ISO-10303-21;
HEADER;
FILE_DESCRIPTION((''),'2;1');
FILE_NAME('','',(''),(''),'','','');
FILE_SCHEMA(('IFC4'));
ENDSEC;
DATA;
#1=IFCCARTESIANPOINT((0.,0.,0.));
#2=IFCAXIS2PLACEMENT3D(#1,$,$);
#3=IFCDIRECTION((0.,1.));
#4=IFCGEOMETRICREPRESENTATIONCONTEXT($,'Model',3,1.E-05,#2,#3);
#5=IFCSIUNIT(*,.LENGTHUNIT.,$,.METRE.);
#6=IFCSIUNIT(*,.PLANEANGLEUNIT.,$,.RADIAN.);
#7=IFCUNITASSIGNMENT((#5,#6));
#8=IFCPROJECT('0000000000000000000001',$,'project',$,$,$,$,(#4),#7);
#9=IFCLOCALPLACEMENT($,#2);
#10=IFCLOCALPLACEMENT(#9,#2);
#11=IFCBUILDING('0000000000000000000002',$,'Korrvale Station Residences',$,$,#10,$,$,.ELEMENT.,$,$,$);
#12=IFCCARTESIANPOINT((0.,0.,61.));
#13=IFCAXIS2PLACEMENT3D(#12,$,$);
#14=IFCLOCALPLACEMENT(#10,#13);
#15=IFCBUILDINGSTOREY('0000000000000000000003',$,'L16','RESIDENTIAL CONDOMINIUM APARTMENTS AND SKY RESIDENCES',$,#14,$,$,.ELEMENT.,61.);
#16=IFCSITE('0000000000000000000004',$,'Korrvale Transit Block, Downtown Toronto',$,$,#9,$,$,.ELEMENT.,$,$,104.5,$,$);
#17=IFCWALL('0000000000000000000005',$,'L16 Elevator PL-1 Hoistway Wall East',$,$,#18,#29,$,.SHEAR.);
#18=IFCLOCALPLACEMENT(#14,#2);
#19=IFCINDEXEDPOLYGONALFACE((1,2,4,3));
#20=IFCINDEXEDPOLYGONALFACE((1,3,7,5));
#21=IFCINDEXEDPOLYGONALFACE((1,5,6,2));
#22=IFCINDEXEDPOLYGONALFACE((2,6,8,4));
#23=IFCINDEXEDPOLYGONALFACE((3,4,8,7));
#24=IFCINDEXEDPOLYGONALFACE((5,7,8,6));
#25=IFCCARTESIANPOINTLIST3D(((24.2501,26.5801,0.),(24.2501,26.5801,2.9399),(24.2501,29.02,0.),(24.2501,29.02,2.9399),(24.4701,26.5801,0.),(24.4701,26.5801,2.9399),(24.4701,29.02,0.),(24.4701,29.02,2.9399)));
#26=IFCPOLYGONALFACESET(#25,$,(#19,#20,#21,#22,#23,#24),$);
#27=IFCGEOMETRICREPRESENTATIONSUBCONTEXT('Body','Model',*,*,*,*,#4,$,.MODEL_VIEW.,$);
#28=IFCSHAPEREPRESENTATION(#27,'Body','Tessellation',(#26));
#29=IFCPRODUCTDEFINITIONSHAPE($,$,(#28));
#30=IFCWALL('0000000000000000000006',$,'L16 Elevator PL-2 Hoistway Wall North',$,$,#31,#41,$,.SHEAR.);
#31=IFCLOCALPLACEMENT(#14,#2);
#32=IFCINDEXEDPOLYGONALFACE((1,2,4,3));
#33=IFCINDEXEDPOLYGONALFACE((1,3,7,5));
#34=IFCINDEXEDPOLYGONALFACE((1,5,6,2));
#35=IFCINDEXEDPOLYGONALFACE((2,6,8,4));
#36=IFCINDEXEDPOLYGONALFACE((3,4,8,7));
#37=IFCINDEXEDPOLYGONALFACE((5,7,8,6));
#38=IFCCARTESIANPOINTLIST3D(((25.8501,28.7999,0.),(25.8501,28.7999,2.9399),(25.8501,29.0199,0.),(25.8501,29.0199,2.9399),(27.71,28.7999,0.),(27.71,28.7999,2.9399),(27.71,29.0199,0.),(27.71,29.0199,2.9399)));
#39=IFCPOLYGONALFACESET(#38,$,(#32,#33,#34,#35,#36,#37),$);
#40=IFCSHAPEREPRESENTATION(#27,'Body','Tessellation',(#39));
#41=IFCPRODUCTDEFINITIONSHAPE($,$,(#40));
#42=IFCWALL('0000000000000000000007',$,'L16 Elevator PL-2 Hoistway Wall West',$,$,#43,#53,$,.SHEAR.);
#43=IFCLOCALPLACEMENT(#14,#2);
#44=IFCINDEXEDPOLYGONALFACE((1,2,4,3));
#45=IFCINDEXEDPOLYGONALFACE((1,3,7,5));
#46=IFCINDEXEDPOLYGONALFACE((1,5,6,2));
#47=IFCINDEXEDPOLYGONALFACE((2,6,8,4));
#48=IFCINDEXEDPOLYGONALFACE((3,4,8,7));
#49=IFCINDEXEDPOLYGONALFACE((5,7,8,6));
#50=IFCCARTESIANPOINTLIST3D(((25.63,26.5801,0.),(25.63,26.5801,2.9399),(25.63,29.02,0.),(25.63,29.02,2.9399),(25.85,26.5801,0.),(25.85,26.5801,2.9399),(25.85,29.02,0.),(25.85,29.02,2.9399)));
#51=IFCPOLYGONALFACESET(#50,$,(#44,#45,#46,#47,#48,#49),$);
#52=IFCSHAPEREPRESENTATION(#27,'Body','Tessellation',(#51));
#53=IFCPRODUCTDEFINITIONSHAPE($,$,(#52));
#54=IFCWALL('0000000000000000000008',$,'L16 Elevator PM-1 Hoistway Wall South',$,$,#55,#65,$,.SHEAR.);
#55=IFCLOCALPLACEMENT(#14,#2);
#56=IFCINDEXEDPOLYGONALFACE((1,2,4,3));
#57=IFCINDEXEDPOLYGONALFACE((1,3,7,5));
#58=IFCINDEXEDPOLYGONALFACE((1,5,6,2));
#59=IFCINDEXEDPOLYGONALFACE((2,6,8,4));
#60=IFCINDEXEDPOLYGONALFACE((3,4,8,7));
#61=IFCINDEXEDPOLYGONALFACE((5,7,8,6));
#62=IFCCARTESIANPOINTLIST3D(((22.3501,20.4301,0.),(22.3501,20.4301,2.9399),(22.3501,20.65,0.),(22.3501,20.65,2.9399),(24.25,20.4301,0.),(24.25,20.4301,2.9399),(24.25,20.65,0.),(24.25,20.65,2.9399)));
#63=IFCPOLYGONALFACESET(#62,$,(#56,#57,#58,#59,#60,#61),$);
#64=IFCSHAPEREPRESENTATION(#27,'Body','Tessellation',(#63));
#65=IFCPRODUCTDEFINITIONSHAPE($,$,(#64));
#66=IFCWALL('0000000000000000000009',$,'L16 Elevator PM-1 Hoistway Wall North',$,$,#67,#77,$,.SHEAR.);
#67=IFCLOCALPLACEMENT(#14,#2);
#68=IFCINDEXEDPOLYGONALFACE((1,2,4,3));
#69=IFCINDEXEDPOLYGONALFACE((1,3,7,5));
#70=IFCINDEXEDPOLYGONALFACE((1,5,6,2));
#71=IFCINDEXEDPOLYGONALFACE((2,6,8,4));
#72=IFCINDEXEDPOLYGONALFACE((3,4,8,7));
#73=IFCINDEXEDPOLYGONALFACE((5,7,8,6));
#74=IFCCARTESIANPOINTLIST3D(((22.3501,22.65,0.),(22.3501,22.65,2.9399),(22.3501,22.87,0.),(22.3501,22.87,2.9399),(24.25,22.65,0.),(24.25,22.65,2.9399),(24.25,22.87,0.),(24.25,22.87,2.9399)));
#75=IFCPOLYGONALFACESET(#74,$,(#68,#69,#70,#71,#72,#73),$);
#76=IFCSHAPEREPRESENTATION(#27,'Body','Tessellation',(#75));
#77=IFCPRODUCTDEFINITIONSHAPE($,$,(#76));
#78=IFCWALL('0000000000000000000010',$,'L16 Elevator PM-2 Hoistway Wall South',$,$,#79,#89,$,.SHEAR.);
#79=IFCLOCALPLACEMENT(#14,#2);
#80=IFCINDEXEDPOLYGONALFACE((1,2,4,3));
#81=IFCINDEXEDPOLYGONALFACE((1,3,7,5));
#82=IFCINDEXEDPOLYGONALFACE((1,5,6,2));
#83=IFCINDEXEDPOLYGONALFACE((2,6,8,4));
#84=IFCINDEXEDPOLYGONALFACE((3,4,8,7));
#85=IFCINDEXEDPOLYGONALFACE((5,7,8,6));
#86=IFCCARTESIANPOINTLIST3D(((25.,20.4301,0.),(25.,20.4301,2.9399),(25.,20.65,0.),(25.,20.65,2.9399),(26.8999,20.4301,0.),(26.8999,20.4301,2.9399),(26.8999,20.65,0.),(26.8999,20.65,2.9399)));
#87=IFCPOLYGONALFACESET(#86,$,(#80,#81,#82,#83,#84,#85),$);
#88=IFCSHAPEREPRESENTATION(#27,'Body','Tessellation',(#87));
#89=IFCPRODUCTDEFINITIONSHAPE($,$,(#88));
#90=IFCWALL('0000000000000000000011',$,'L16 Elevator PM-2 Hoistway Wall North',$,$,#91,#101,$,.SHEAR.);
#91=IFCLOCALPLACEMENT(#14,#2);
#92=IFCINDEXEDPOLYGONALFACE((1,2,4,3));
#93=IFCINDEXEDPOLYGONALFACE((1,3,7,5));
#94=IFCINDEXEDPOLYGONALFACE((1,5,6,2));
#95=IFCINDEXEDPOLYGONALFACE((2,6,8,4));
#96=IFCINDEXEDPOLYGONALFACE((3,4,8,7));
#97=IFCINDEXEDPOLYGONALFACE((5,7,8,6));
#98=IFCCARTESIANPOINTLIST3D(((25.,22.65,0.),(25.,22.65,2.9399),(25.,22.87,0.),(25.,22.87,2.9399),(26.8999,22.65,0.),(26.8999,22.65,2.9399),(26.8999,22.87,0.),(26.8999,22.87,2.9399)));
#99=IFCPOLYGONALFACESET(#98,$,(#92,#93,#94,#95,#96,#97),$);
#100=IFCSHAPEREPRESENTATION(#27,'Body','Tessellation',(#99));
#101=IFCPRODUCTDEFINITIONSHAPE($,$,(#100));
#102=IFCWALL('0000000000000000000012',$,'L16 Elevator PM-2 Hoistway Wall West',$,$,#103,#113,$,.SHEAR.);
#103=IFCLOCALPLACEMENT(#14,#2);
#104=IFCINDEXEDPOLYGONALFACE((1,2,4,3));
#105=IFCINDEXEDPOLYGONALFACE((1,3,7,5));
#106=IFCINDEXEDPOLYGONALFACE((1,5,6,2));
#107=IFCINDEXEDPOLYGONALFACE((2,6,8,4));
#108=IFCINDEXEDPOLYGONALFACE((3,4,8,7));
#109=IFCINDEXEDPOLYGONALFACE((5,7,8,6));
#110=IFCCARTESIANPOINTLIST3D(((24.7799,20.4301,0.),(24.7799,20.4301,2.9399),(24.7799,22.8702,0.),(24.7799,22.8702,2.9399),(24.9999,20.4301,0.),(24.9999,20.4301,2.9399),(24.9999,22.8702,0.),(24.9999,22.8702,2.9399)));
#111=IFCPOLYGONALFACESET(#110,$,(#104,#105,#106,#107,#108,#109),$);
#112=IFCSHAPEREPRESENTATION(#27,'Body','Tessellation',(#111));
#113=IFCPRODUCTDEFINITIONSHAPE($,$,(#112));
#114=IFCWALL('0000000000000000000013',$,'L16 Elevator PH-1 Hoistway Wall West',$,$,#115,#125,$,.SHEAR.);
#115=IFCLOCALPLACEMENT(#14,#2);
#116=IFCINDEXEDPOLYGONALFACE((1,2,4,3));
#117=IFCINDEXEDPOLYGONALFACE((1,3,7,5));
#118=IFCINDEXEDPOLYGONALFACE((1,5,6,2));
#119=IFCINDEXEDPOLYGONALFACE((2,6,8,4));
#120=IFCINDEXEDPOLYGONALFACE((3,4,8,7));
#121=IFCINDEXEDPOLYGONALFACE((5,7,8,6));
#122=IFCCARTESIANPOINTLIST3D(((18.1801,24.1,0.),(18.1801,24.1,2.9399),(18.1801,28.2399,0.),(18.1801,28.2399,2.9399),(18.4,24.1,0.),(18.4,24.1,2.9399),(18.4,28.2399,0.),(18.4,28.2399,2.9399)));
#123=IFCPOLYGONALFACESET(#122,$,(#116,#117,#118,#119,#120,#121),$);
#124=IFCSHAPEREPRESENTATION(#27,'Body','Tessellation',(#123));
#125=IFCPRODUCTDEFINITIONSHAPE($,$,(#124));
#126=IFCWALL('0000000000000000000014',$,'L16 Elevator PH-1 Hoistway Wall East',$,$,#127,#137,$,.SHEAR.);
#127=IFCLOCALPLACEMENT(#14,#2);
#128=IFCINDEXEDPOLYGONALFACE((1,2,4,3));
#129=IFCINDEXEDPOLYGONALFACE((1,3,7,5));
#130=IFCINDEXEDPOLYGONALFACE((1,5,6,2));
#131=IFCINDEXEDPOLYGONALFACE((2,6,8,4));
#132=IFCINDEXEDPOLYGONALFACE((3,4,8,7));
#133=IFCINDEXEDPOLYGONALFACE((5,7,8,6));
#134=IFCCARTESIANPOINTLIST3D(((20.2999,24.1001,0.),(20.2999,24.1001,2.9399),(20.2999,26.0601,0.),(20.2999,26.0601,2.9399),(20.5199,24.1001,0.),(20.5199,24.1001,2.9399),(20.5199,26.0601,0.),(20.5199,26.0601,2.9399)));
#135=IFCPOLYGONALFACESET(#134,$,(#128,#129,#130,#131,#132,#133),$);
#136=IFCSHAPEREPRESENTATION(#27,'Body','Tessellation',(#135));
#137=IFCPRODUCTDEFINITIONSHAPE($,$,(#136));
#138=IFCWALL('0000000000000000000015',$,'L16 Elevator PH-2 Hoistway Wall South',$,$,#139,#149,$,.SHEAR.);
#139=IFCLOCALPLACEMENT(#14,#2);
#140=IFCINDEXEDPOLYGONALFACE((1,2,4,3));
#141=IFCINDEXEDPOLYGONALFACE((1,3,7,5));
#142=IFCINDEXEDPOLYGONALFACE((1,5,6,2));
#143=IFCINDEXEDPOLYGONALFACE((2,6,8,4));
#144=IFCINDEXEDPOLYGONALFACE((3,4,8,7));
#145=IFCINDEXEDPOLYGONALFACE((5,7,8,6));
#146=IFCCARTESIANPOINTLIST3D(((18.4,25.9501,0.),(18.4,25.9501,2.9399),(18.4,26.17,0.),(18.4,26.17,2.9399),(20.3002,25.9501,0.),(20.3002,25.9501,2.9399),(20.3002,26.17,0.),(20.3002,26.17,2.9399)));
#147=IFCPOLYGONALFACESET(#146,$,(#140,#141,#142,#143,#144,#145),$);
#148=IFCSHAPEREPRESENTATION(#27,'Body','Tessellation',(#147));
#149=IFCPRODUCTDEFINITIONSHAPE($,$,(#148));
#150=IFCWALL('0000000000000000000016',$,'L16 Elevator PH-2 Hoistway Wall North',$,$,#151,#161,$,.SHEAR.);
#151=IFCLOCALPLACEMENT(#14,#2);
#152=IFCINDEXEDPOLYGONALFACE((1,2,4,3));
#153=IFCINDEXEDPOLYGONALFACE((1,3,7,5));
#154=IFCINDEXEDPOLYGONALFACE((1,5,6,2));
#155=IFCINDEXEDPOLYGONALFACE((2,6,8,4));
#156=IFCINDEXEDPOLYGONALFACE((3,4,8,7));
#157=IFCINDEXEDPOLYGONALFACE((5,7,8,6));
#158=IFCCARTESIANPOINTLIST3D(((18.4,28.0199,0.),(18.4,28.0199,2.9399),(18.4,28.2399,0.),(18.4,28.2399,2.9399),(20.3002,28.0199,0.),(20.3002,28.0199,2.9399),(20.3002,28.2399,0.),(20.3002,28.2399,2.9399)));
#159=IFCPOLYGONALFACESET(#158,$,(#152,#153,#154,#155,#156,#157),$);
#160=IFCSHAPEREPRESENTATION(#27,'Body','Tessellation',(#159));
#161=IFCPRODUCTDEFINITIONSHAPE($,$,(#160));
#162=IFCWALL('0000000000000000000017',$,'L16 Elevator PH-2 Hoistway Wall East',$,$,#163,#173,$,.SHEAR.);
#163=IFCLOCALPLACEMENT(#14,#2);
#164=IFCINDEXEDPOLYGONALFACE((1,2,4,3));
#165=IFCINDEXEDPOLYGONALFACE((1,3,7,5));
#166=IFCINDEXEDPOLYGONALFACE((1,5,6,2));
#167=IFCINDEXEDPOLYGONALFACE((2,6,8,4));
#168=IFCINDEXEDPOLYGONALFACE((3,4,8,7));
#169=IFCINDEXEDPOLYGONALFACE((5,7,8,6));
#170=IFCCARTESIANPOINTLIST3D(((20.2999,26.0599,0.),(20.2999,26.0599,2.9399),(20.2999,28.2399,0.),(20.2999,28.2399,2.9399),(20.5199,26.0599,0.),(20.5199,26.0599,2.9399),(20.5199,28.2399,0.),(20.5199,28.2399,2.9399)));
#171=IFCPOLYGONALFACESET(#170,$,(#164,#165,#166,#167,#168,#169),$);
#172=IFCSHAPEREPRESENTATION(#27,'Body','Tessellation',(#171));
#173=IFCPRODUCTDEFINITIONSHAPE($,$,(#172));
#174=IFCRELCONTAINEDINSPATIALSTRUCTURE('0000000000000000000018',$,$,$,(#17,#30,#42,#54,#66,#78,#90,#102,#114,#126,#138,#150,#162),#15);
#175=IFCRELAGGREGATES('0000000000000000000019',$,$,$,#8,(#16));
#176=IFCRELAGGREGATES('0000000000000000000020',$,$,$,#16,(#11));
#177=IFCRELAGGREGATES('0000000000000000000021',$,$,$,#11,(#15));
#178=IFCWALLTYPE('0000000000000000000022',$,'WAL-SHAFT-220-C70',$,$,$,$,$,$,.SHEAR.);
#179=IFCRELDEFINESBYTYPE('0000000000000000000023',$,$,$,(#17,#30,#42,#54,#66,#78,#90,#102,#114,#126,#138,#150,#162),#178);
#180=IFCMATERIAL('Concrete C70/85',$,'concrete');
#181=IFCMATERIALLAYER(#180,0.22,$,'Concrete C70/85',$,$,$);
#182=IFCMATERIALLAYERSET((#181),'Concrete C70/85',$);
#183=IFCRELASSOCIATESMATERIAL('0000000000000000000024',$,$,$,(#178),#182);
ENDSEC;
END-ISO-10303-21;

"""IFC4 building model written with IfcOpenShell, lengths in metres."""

from ifc_helpers import new_model, si_unit, direction, frame, frame_2d, origin, place, context, subcontext, project, spatial, rectangle, extrude, material, layer, layer_set, type_object, element, save


model = new_model("IFC4")

# Units and contexts
model_context = context("Model", 3, precision=1e-05, world=origin(), true_north=direction((0.0, 1.0)))
body_context = subcontext(model_context, "Body", "Model", "MODEL_VIEW")
ifc_project = project(units=[si_unit("LENGTHUNIT", "METRE"), si_unit("PLANEANGLEUNIT", "RADIAN")], contexts=[model_context])

# Site, building, storey
site_placement = place(None, origin())
site = spatial("IfcSite", under=ifc_project, at=site_placement, Name="Korrvale Transit Block, Downtown Toronto", CompositionType="ELEMENT", RefElevation=104.5)
building_placement = place(site_placement, origin())
building = spatial("IfcBuilding", under=site, at=building_placement, Name="Korrvale Station Residences", CompositionType="ELEMENT")
storey_placement = place(building_placement, frame((0.0, 0.0, 61.0)))
storey = spatial("IfcBuildingStorey", under=building, at=storey_placement, Name="L16", Description="RESIDENTIAL CONDOMINIUM APARTMENTS AND SKY RESIDENCES", CompositionType="ELEMENT", Elevation=61.0)

# Shared definitions
ifc_material_1 = material(Name="Concrete C70/85", Category="concrete")

# Shared definitions
ifc_layer_1 = layer(ifc_material_1, 0.22, Name="Concrete C70/85")
ifc_layer_set_1 = layer_set([ifc_layer_1], Name="Concrete C70/85")
wall_type_1 = type_object("IfcWallType", Name="WAL-SHAFT-220-C70", PredefinedType="SHEAR", material=ifc_layer_set_1)

# Wall
for number, where, z_axis, x_axis, name in (
    (1, (24.3601, 26.5801, 0.0), (0.0, 0.0, 1.0), (0.0, 1.0, 0.0), "L16 Elevator PL-1 Hoistway Wall East"),
):
    element("IfcWall", number, at=place(storey_placement, frame(where, z_axis=z_axis, x_axis=x_axis)), inside=storey, type_object=wall_type_1, Name=name, PredefinedType="SHEAR", context=body_context, shape_type="SweptSolid", body=[
        extrude(rectangle(XDim=2.4399, YDim=0.22, at=frame_2d((1.22, 0.0))), origin(), (0.0, 0.0, 1.0), 2.9399),
    ])

# Walls
wall_1_placement = place(storey_placement, frame((25.8501, 28.9099, 0.0), z_axis=(0.0, 0.0, 1.0), x_axis=(1.0, 0.0, 0.0)))
element("IfcWall", 2, at=wall_1_placement, inside=storey, type_object=wall_type_1, Name="L16 Elevator PL-2 Hoistway Wall North", PredefinedType="SHEAR", context=body_context, shape_type="SweptSolid", body=[
    extrude(rectangle(XDim=1.8599, YDim=0.22, at=frame_2d((0.9299, 0.0))), origin(), (0.0, 0.0, 1.0), 2.9399),
])
wall_2_placement = place(storey_placement, frame((25.74, 26.5801, 0.0), z_axis=(0.0, 0.0, 1.0), x_axis=(0.0, 1.0, 0.0)))
element("IfcWall", 3, at=wall_2_placement, inside=storey, type_object=wall_type_1, Name="L16 Elevator PL-2 Hoistway Wall West", PredefinedType="SHEAR", context=body_context, shape_type="SweptSolid", body=[
    extrude(rectangle(XDim=2.4399, YDim=0.22, at=frame_2d((1.22, 0.0))), origin(), (0.0, 0.0, 1.0), 2.9399),
])
for number, where, z_axis, x_axis, name in (
    (4, (22.3501, 20.54, 0.0), (0.0, 0.0, 1.0), (1.0, 0.0, 0.0), "L16 Elevator PM-1 Hoistway Wall South"),
    (5, (22.3501, 22.76, 0.0), (0.0, 0.0, 1.0), (1.0, 0.0, 0.0), "L16 Elevator PM-1 Hoistway Wall North"),
    (6, (25.0, 20.54, 0.0), (0.0, 0.0, 1.0), (1.0, 0.0, 0.0), "L16 Elevator PM-2 Hoistway Wall South"),
    (7, (25.0, 22.76, 0.0), (0.0, 0.0, 1.0), (1.0, 0.0, 0.0), "L16 Elevator PM-2 Hoistway Wall North"),
):
    element("IfcWall", number, at=place(storey_placement, frame(where, z_axis=z_axis, x_axis=x_axis)), inside=storey, type_object=wall_type_1, Name=name, PredefinedType="SHEAR", context=body_context, shape_type="SweptSolid", body=[
        extrude(rectangle(XDim=1.8999, YDim=0.22, at=frame_2d((0.95, 0.0))), origin(), (0.0, 0.0, 1.0), 2.9399),
    ])
wall_3_placement = place(storey_placement, frame((24.8899, 20.4299, 0.0), z_axis=(0.0, 0.0, 1.0), x_axis=(0.0, 1.0, 0.0)))
element("IfcWall", 8, at=wall_3_placement, inside=storey, type_object=wall_type_1, Name="L16 Elevator PM-2 Hoistway Wall West", PredefinedType="SHEAR", context=body_context, shape_type="SweptSolid", body=[
    extrude(rectangle(XDim=2.4402, YDim=0.22, at=frame_2d((1.2202, 0.0))), origin(), (0.0, 0.0, 1.0), 2.9399),
])
wall_4_placement = place(storey_placement, frame((18.29, 24.1001, 0.0), z_axis=(0.0, 0.0, 1.0), x_axis=(0.0, 1.0, 0.0)))
element("IfcWall", 9, at=wall_4_placement, inside=storey, type_object=wall_type_1, Name="L16 Elevator PH-1 Hoistway Wall West", PredefinedType="SHEAR", context=body_context, shape_type="SweptSolid", body=[
    extrude(rectangle(XDim=4.1399, YDim=0.22, at=frame_2d((2.0698, 0.0))), origin(), (0.0, 0.0, 1.0), 2.9399),
])
wall_5_placement = place(storey_placement, frame((20.4099, 24.1001, 0.0), z_axis=(0.0, 0.0, 1.0), x_axis=(0.0, 1.0, 0.0)))
element("IfcWall", 10, at=wall_5_placement, inside=storey, type_object=wall_type_1, Name="L16 Elevator PH-1 Hoistway Wall East", PredefinedType="SHEAR", context=body_context, shape_type="SweptSolid", body=[
    extrude(rectangle(XDim=1.96, YDim=0.22, at=frame_2d((0.98, 0.0))), origin(), (0.0, 0.0, 1.0), 2.9399),
])
for number, where, z_axis, x_axis, name in (
    (11, (18.3999, 26.0601, 0.0), (0.0, 0.0, 1.0), (1.0, 0.0, 0.0), "L16 Elevator PH-2 Hoistway Wall South"),
    (12, (18.3999, 28.1299, 0.0), (0.0, 0.0, 1.0), (1.0, 0.0, 0.0), "L16 Elevator PH-2 Hoistway Wall North"),
):
    element("IfcWall", number, at=place(storey_placement, frame(where, z_axis=z_axis, x_axis=x_axis)), inside=storey, type_object=wall_type_1, Name=name, PredefinedType="SHEAR", context=body_context, shape_type="SweptSolid", body=[
        extrude(rectangle(XDim=1.9001, YDim=0.22, at=frame_2d((0.9502, 0.0))), origin(), (0.0, 0.0, 1.0), 2.9399),
    ])
wall_6_placement = place(storey_placement, frame((20.4099, 26.0601, 0.0), z_axis=(0.0, 0.0, 1.0), x_axis=(0.0, 1.0, 0.0)))
element("IfcWall", 13, at=wall_6_placement, inside=storey, type_object=wall_type_1, Name="L16 Elevator PH-2 Hoistway Wall East", PredefinedType="SHEAR", context=body_context, shape_type="SweptSolid", body=[
    extrude(rectangle(XDim=2.1799, YDim=0.22, at=frame_2d((1.0898, 0.0))), origin(), (0.0, 0.0, 1.0), 2.9399),
])

save(model, "model.ifc")
